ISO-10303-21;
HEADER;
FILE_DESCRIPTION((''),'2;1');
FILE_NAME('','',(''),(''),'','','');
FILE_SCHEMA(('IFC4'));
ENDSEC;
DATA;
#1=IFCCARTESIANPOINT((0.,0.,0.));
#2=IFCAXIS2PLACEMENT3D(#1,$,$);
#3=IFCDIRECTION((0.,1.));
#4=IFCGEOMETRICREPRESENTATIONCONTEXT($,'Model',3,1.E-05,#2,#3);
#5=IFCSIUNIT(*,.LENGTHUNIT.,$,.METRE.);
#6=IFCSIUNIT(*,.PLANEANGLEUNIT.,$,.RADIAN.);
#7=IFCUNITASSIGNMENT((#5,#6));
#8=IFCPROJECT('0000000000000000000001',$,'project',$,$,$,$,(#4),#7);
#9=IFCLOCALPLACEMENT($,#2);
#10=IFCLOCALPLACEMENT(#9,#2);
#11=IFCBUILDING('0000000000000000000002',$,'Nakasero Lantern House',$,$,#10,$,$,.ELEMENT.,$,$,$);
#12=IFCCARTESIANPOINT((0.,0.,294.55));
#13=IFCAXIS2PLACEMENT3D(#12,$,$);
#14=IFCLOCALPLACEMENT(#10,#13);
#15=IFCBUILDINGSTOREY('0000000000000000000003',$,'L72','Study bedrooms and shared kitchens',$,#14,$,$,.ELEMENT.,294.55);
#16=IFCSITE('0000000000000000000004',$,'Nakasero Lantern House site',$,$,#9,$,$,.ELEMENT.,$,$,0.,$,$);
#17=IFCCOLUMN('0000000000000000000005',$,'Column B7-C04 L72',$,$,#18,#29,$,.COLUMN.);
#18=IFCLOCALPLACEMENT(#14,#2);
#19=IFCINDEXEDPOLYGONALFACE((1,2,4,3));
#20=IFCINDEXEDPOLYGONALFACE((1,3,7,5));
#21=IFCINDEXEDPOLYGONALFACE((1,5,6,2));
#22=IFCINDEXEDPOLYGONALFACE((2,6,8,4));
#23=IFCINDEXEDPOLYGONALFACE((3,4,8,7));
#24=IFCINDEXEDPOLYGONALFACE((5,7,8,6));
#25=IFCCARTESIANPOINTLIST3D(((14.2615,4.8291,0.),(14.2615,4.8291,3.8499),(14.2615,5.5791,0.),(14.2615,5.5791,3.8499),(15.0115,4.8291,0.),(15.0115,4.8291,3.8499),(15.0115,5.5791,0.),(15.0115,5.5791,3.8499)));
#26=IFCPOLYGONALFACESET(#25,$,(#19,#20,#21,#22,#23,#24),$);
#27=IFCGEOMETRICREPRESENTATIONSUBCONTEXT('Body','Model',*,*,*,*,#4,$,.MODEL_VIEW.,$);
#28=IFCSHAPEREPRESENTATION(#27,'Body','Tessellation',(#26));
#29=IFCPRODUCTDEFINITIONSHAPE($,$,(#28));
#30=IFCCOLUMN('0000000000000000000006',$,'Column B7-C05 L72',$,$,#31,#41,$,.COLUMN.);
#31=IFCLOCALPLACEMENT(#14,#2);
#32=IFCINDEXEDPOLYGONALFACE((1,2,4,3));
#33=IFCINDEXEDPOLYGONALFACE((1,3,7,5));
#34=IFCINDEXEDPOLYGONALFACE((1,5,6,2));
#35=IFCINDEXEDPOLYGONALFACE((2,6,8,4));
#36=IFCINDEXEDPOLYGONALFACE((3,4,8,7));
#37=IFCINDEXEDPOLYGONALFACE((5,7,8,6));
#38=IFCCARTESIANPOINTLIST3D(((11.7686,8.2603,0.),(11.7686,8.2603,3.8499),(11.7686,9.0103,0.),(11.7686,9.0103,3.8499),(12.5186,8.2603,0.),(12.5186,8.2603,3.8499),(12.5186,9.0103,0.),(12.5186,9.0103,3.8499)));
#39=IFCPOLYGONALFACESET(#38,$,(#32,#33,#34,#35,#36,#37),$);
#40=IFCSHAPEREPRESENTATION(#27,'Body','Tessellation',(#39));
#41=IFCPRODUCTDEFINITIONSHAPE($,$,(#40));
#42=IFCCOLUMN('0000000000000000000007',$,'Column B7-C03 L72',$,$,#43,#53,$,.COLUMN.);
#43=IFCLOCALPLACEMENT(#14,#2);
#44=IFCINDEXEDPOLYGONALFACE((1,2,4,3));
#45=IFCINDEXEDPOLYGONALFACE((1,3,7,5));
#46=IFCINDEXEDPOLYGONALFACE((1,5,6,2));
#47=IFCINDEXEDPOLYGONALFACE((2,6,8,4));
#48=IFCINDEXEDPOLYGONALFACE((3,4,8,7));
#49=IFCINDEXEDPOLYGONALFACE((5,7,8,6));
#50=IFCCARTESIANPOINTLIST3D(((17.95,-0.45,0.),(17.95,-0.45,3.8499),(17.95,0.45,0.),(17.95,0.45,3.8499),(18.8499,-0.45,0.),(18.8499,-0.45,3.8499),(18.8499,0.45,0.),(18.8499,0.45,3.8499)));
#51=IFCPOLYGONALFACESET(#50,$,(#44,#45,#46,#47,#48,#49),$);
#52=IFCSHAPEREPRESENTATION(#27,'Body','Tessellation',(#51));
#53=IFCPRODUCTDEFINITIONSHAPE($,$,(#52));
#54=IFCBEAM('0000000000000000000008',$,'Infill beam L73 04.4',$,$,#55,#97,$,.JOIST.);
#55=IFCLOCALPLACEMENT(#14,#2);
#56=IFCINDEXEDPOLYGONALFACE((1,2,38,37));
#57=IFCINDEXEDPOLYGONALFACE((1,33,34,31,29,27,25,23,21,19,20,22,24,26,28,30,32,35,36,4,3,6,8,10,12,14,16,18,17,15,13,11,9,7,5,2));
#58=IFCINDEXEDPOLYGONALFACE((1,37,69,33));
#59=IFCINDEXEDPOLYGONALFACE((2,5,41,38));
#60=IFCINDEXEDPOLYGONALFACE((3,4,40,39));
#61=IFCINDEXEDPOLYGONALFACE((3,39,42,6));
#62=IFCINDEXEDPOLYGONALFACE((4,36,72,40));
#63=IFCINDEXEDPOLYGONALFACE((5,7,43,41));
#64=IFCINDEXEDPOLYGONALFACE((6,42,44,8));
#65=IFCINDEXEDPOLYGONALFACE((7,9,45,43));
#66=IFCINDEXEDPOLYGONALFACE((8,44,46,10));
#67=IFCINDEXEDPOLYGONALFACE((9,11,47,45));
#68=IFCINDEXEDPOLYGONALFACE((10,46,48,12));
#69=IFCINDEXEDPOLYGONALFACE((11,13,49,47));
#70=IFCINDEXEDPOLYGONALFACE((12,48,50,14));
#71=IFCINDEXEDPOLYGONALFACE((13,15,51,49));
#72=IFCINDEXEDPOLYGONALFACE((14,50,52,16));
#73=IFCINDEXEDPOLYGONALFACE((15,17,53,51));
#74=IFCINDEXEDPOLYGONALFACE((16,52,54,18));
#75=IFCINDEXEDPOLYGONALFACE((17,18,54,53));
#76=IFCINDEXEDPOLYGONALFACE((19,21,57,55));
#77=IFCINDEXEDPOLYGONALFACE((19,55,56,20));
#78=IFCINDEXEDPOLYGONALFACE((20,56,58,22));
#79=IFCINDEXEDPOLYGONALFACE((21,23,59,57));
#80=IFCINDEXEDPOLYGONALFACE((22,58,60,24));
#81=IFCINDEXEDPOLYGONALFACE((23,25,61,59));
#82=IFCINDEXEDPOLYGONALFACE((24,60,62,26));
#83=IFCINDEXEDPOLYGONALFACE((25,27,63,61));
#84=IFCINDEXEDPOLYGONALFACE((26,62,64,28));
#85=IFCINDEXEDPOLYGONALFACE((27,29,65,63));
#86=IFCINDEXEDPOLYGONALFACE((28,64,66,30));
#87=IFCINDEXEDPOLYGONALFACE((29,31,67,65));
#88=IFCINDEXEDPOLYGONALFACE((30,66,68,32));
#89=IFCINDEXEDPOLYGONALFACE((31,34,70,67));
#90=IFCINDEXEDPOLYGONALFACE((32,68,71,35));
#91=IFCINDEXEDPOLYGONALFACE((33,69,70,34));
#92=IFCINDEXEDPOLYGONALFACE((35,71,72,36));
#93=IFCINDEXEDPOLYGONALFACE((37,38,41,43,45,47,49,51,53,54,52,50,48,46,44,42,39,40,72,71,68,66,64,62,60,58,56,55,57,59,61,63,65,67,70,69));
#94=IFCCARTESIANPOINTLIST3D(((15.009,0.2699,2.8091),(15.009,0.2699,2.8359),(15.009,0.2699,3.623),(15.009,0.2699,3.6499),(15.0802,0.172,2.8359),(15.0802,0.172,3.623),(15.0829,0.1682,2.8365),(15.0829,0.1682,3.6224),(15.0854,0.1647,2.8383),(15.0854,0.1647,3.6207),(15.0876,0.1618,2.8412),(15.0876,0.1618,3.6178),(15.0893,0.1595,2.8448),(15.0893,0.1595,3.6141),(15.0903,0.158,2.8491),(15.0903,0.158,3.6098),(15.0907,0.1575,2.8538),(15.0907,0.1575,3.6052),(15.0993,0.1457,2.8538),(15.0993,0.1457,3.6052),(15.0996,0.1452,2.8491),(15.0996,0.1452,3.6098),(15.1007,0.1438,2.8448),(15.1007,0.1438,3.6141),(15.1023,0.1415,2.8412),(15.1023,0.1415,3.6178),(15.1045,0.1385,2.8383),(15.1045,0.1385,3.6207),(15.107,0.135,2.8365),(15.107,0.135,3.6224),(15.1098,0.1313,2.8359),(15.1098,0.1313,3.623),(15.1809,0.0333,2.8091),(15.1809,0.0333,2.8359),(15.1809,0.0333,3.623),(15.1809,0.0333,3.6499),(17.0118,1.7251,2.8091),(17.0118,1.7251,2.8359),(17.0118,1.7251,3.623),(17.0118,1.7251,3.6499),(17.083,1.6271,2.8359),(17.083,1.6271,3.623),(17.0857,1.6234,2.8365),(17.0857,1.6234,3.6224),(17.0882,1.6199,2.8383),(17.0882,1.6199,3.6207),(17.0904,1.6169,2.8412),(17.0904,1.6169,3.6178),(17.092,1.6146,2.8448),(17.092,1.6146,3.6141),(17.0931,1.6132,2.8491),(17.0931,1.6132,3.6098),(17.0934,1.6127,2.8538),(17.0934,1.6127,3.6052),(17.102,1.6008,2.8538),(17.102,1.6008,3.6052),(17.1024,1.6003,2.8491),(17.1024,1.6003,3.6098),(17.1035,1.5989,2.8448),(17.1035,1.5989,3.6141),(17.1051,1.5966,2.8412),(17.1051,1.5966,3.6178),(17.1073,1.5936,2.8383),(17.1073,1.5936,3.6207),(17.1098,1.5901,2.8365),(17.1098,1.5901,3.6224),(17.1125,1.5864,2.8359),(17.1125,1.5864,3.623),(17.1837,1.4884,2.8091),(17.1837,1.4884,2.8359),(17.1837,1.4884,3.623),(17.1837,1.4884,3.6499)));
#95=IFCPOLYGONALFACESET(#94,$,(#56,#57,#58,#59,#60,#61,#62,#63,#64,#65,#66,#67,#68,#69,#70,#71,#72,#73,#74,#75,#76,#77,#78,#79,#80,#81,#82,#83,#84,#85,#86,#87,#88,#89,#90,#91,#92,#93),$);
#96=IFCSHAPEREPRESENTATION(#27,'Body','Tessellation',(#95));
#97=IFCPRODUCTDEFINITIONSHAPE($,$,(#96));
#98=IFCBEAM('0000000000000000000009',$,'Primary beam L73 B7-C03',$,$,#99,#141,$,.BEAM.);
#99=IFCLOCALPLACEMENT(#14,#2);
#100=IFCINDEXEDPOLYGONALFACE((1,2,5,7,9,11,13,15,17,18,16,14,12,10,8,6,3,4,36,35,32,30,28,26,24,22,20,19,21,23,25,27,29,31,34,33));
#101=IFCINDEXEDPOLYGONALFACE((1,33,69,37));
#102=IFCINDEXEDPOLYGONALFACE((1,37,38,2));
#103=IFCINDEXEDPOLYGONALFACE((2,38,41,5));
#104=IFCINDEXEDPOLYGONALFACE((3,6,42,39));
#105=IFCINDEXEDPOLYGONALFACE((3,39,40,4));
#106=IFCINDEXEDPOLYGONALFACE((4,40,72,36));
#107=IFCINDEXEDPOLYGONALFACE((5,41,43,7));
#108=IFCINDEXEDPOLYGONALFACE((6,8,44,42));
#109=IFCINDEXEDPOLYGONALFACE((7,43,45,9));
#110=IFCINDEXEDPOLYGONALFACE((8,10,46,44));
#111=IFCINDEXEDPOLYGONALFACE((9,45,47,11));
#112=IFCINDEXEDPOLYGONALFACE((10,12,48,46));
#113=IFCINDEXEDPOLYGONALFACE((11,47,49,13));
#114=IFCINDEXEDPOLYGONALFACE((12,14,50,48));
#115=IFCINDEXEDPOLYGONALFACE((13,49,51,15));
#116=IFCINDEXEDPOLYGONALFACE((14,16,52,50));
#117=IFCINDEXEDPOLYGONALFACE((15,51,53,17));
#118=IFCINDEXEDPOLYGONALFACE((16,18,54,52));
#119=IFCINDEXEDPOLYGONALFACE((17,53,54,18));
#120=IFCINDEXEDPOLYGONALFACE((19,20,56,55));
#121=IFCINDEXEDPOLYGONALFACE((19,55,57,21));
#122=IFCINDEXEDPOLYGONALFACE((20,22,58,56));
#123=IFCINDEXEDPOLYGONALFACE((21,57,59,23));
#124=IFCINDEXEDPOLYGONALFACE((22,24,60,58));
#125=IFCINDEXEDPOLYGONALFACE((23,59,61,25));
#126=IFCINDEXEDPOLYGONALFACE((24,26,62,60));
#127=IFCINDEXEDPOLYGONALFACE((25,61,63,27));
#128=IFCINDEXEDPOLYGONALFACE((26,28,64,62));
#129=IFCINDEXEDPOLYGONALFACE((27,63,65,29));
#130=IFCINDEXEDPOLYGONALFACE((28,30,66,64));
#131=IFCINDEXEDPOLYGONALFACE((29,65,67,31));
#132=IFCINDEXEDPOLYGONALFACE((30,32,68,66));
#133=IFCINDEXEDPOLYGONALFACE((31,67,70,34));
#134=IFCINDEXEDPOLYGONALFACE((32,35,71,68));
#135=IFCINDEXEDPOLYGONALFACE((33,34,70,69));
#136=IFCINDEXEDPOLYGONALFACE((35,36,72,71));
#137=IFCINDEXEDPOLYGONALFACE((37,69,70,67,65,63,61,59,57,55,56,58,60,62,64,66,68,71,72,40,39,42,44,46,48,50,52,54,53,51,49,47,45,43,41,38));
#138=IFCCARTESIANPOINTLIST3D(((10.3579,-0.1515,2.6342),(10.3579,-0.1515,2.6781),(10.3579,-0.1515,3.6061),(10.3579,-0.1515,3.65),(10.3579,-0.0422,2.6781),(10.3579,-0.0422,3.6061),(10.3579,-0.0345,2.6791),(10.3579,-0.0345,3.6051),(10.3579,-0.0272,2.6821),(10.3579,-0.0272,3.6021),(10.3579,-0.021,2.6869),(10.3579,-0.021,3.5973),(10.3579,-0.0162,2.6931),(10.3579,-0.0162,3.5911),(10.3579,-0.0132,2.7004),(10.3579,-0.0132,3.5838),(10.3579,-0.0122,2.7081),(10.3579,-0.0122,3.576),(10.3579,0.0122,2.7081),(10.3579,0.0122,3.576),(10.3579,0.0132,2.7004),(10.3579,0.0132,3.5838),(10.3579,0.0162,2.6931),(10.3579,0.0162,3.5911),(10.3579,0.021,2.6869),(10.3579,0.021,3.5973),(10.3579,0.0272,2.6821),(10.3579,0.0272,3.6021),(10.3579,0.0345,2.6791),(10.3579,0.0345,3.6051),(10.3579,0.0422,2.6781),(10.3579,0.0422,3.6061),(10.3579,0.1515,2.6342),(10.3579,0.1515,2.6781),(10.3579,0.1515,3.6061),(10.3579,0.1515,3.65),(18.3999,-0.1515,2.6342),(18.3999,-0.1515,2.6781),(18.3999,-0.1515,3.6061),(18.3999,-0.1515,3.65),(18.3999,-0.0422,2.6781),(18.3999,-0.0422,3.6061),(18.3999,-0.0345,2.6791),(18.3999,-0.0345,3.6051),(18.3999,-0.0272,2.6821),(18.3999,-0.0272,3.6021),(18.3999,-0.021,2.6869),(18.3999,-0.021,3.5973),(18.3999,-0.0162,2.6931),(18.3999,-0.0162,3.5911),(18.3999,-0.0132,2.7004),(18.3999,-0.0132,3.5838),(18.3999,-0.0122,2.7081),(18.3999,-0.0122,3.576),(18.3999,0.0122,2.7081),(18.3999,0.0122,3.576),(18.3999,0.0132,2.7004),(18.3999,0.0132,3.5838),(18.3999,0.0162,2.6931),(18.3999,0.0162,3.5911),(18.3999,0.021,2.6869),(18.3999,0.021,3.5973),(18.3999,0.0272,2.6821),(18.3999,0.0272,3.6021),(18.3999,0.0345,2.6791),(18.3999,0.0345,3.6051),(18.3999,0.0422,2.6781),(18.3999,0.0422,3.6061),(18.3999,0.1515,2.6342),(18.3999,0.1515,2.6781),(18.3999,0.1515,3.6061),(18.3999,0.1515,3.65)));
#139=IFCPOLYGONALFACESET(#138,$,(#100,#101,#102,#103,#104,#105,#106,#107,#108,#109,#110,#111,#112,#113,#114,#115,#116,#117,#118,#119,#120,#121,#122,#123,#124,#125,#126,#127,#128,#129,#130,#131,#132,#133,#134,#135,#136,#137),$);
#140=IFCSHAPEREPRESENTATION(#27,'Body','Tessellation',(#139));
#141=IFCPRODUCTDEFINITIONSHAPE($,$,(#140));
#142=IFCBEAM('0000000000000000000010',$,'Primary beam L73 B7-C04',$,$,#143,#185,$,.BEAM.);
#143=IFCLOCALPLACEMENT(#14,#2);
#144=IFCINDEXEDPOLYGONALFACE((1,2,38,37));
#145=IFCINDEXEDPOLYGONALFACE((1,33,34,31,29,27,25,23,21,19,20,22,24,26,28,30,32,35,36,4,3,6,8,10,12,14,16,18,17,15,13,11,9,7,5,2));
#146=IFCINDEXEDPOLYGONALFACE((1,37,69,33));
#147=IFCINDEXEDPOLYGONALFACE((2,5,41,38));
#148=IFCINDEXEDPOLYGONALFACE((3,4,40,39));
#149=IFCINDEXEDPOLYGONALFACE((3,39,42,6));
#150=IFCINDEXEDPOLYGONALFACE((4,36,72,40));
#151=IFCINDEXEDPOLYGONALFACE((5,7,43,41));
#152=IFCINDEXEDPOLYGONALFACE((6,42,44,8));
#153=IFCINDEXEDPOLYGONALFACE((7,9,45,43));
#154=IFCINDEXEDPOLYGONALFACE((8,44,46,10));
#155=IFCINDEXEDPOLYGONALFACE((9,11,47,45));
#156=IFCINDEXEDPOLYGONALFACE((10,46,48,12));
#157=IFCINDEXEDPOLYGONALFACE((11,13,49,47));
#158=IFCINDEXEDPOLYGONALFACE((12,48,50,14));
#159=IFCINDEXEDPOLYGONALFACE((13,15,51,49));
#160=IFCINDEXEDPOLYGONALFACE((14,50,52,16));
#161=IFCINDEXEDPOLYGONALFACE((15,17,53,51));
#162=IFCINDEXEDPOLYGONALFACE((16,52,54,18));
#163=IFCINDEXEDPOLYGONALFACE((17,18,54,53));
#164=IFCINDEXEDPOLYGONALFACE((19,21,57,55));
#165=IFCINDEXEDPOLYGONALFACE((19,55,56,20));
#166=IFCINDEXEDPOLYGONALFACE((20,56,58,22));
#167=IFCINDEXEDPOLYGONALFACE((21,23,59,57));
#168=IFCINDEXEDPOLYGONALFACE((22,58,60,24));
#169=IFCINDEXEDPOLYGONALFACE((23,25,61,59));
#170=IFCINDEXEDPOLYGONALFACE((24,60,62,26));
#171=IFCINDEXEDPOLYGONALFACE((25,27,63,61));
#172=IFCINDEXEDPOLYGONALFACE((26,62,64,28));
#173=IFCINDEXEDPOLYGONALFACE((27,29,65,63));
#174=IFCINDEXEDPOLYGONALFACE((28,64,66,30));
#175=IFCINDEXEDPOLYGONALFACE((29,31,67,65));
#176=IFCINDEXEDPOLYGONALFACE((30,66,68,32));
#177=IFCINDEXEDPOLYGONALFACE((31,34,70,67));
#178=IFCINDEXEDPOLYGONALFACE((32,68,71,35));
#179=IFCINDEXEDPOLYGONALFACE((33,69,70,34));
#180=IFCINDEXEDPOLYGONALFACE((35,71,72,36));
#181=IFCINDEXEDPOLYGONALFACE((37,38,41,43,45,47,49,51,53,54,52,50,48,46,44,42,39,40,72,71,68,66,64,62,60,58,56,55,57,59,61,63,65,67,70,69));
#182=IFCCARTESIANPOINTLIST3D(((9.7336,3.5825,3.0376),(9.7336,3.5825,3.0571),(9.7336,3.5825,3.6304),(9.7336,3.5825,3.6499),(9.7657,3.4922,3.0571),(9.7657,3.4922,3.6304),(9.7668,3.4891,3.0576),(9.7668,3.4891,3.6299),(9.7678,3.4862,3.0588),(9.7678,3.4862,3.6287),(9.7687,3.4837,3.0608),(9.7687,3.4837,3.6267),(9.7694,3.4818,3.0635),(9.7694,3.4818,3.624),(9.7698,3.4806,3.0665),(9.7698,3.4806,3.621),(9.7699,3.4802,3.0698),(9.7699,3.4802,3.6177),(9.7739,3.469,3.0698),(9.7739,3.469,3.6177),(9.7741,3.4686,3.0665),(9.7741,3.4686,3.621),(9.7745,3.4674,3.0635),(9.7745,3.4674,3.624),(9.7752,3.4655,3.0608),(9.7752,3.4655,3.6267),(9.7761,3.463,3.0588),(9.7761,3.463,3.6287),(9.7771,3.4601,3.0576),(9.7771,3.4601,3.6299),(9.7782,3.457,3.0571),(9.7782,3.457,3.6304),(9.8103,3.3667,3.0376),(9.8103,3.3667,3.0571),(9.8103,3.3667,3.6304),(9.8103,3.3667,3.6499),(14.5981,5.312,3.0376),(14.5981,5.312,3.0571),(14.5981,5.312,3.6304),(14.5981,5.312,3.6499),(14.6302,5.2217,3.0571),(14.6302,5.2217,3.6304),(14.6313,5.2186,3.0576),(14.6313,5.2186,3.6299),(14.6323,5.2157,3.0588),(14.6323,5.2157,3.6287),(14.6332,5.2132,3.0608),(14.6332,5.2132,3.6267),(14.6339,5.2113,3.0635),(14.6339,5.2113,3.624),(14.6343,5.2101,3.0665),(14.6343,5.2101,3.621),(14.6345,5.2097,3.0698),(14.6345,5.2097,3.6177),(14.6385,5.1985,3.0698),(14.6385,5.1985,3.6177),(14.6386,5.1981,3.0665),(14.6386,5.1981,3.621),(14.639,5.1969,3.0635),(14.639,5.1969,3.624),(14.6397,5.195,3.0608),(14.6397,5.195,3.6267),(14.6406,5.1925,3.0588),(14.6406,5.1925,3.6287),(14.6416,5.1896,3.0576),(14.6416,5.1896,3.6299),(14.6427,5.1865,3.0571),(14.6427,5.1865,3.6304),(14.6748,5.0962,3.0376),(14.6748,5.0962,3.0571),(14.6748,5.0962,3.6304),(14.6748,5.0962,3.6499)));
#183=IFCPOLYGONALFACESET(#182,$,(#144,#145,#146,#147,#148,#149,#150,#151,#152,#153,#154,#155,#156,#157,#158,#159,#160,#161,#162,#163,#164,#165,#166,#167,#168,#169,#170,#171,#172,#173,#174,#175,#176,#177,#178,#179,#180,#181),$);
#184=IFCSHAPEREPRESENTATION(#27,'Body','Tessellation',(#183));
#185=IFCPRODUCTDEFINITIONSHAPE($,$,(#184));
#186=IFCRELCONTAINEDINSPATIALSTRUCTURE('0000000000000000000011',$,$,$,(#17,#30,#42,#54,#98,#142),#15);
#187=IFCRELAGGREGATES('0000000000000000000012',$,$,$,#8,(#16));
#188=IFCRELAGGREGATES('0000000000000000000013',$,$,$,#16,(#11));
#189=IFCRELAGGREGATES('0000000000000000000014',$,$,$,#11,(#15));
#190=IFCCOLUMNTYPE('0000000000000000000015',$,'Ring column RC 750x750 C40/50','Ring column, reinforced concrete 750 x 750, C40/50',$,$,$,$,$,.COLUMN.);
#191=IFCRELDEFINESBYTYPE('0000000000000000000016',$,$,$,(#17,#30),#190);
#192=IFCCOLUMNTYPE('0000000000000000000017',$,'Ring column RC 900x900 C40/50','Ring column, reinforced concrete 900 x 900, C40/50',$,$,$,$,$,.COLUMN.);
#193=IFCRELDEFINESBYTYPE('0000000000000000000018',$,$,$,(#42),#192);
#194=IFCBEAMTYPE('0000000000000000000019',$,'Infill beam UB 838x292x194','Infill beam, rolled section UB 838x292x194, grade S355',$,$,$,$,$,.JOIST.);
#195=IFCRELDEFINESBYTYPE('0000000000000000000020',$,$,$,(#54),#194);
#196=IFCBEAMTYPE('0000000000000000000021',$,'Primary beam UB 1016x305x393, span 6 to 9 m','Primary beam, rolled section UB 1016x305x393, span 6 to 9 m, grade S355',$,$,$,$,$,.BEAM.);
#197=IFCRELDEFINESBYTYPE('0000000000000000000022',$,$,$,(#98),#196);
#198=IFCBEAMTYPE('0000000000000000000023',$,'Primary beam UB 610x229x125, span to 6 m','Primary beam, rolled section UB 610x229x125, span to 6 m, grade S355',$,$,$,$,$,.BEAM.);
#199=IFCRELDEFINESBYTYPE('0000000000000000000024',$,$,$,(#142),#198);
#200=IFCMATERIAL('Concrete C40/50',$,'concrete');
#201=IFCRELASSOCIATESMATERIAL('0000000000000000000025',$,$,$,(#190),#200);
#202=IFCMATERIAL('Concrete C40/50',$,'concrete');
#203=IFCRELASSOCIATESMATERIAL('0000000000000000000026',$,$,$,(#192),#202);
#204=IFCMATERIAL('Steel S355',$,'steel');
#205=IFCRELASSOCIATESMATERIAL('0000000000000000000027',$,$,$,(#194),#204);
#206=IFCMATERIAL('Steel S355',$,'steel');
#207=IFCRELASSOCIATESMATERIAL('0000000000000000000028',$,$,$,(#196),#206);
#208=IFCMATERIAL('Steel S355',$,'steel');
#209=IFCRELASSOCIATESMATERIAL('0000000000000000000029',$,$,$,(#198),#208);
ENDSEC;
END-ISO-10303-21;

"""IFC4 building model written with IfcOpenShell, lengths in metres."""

from ifc_helpers import new_model, si_unit, direction, frame, origin, origin_2d, place, context, subcontext, project, spatial, rectangle, i_section, extrude, material, material_profile, profile_set, type_object, element, save


model = new_model("IFC4")

# Units and contexts
model_context = context("Model", 3, precision=1e-05, world=origin(), true_north=direction((0.0, 1.0)))
body_context = subcontext(model_context, "Body", "Model", "MODEL_VIEW")
ifc_project = project(units=[si_unit("LENGTHUNIT", "METRE"), si_unit("PLANEANGLEUNIT", "RADIAN")], contexts=[model_context])

# Site, building, storey
site_placement = place(None, origin())
site = spatial("IfcSite", under=ifc_project, at=site_placement, Name="Nakasero Lantern House site", CompositionType="ELEMENT", RefElevation=0.0)
building_placement = place(site_placement, origin())
building = spatial("IfcBuilding", under=site, at=building_placement, Name="Nakasero Lantern House", CompositionType="ELEMENT")
storey_placement = place(building_placement, frame((0.0, 0.0, 294.55)))
storey = spatial("IfcBuildingStorey", under=building, at=storey_placement, Name="L72", Description="Study bedrooms and shared kitchens", CompositionType="ELEMENT", Elevation=294.55)

# Columns
ifc_material_1 = material(Name="Concrete C40/50", Category="concrete")
ifc_material_profile_1 = material_profile(ifc_material_1, rectangle(XDim=0.75, YDim=0.75, at=origin_2d()), Name="RC 750x750")
ifc_profile_set_1 = profile_set([ifc_material_profile_1], Name="Concrete C40/50")
column_type_1 = type_object("IfcColumnType", Name="Ring column RC 750x750 C40/50", Description="Ring column, reinforced concrete 750 x 750, C40/50", PredefinedType="COLUMN", material=ifc_profile_set_1)
for number, where, z_axis, x_axis, name in (
    (1, (14.6365, 5.2041, 0.0), (0.0, 0.0, 1.0), (1.0, 0.0, 0.0), "Column B7-C04 L72"),
    (2, (12.1436, 8.6353, 0.0), (0.0, 0.0, 1.0), (1.0, 0.0, 0.0), "Column B7-C05 L72"),
):
    element("IfcColumn", number, at=place(storey_placement, frame(where, z_axis=z_axis, x_axis=x_axis)), inside=storey, type_object=column_type_1, Name=name, PredefinedType="COLUMN", context=body_context, shape_type="SweptSolid", body=[
        extrude(rectangle(XDim=0.75, YDim=0.75, at=origin_2d()), origin(), (0.0, 0.0, 1.0), 3.8499),
    ])
ifc_material_2 = material(Name="Concrete C40/50", Category="concrete")
ifc_material_profile_2 = material_profile(ifc_material_2, rectangle(XDim=0.8999, YDim=0.8999, at=origin_2d()), Name="RC 900x900")
ifc_profile_set_2 = profile_set([ifc_material_profile_2], Name="Concrete C40/50")
column_type_2 = type_object("IfcColumnType", Name="Ring column RC 900x900 C40/50", Description="Ring column, reinforced concrete 900 x 900, C40/50", PredefinedType="COLUMN", material=ifc_profile_set_2)
column_placement = place(storey_placement, frame((18.3999, 0.0, 0.0), z_axis=(0.0, 0.0, 1.0), x_axis=(1.0, 0.0, 0.0)))
element("IfcColumn", 3, at=column_placement, inside=storey, type_object=column_type_2, Name="Column B7-C03 L72", PredefinedType="COLUMN", context=body_context, shape_type="SweptSolid", body=[
    extrude(rectangle(XDim=0.8999, YDim=0.8999, at=origin_2d()), origin(), (0.0, 0.0, 1.0), 3.8499),
])

# Beams
ifc_material_3 = material(Name="Steel S355", Category="steel")
ifc_material_profile_3 = material_profile(ifc_material_3, i_section(OverallWidth=0.2925, OverallDepth=0.8408, WebThickness=0.0146, FlangeThickness=0.0269, FilletRadius=0.0178, at=origin_2d()), Name="UB 838x292x194")
ifc_profile_set_3 = profile_set([ifc_material_profile_3], Name="Steel S355")
beam_type_1 = type_object("IfcBeamType", Name="Infill beam UB 838x292x194", Description="Infill beam, rolled section UB 838x292x194, grade S355", PredefinedType="JOIST", material=ifc_profile_set_3)
beam_1_placement = place(storey_placement, frame((15.095, 0.1516, 3.2295), z_axis=(0.809009, 0.587796, 0.0), x_axis=(-0.587796, 0.809009, 0.0)))
element("IfcBeam", 4, at=beam_1_placement, inside=storey, type_object=beam_type_1, Name="Infill beam L73 04.4", PredefinedType="JOIST", context=body_context, shape_type="SweptSolid", body=[
    extrude(i_section(OverallWidth=0.2925, OverallDepth=0.8408, WebThickness=0.0146, FlangeThickness=0.0269, FilletRadius=0.0178, at=origin_2d()), origin(), (0.0, 0.0, 1.0), 2.4756),
])
ifc_material_4 = material(Name="Steel S355", Category="steel")
ifc_material_profile_4 = material_profile(ifc_material_4, i_section(OverallWidth=0.303, OverallDepth=1.0159, WebThickness=0.0244, FlangeThickness=0.0439, FilletRadius=0.03, at=origin_2d()), Name="UB 1016x305x393")
ifc_profile_set_4 = profile_set([ifc_material_profile_4], Name="Steel S355")
beam_type_2 = type_object("IfcBeamType", Name="Primary beam UB 1016x305x393, span 6 to 9 m", Description="Primary beam, rolled section UB 1016x305x393, span 6 to 9 m, grade S355", PredefinedType="BEAM", material=ifc_profile_set_4)
beam_2_placement = place(storey_placement, frame((18.3999, 0.0, 3.1421), z_axis=(-1.0, 0.0, 0.0), x_axis=(0.0, -1.0, 0.0)))
element("IfcBeam", 5, at=beam_2_placement, inside=storey, type_object=beam_type_2, Name="Primary beam L73 B7-C03", PredefinedType="BEAM", context=body_context, shape_type="SweptSolid", body=[
    extrude(i_section(OverallWidth=0.303, OverallDepth=1.0159, WebThickness=0.0244, FlangeThickness=0.0439, FilletRadius=0.03, at=origin_2d()), origin(), (0.0, 0.0, 1.0), 8.042),
])
ifc_material_5 = material(Name="Steel S355", Category="steel")
ifc_material_profile_5 = material_profile(ifc_material_5, i_section(OverallWidth=0.229, OverallDepth=0.6123, WebThickness=0.012, FlangeThickness=0.0195, FilletRadius=0.0127, at=origin_2d()), Name="UB 610x229x125")
ifc_profile_set_5 = profile_set([ifc_material_profile_5], Name="Steel S355")
beam_type_3 = type_object("IfcBeamType", Name="Primary beam UB 610x229x125, span to 6 m", Description="Primary beam, rolled section UB 610x229x125, span to 6 m, grade S355", PredefinedType="BEAM", material=ifc_profile_set_5)
beam_3_placement = place(storey_placement, frame((14.6365, 5.2041, 3.3438), z_axis=(-0.942221, -0.334991, 0.0), x_axis=(0.334991, -0.942221, 0.0)))
element("IfcBeam", 6, at=beam_3_placement, inside=storey, type_object=beam_type_3, Name="Primary beam L73 B7-C04", PredefinedType="BEAM", context=body_context, shape_type="SweptSolid", body=[
    extrude(i_section(OverallWidth=0.229, OverallDepth=0.6123, WebThickness=0.012, FlangeThickness=0.0195, FilletRadius=0.0127, at=origin_2d()), origin(), (0.0, 0.0, 1.0), 5.1628),
])

save(model, "model.ifc")
